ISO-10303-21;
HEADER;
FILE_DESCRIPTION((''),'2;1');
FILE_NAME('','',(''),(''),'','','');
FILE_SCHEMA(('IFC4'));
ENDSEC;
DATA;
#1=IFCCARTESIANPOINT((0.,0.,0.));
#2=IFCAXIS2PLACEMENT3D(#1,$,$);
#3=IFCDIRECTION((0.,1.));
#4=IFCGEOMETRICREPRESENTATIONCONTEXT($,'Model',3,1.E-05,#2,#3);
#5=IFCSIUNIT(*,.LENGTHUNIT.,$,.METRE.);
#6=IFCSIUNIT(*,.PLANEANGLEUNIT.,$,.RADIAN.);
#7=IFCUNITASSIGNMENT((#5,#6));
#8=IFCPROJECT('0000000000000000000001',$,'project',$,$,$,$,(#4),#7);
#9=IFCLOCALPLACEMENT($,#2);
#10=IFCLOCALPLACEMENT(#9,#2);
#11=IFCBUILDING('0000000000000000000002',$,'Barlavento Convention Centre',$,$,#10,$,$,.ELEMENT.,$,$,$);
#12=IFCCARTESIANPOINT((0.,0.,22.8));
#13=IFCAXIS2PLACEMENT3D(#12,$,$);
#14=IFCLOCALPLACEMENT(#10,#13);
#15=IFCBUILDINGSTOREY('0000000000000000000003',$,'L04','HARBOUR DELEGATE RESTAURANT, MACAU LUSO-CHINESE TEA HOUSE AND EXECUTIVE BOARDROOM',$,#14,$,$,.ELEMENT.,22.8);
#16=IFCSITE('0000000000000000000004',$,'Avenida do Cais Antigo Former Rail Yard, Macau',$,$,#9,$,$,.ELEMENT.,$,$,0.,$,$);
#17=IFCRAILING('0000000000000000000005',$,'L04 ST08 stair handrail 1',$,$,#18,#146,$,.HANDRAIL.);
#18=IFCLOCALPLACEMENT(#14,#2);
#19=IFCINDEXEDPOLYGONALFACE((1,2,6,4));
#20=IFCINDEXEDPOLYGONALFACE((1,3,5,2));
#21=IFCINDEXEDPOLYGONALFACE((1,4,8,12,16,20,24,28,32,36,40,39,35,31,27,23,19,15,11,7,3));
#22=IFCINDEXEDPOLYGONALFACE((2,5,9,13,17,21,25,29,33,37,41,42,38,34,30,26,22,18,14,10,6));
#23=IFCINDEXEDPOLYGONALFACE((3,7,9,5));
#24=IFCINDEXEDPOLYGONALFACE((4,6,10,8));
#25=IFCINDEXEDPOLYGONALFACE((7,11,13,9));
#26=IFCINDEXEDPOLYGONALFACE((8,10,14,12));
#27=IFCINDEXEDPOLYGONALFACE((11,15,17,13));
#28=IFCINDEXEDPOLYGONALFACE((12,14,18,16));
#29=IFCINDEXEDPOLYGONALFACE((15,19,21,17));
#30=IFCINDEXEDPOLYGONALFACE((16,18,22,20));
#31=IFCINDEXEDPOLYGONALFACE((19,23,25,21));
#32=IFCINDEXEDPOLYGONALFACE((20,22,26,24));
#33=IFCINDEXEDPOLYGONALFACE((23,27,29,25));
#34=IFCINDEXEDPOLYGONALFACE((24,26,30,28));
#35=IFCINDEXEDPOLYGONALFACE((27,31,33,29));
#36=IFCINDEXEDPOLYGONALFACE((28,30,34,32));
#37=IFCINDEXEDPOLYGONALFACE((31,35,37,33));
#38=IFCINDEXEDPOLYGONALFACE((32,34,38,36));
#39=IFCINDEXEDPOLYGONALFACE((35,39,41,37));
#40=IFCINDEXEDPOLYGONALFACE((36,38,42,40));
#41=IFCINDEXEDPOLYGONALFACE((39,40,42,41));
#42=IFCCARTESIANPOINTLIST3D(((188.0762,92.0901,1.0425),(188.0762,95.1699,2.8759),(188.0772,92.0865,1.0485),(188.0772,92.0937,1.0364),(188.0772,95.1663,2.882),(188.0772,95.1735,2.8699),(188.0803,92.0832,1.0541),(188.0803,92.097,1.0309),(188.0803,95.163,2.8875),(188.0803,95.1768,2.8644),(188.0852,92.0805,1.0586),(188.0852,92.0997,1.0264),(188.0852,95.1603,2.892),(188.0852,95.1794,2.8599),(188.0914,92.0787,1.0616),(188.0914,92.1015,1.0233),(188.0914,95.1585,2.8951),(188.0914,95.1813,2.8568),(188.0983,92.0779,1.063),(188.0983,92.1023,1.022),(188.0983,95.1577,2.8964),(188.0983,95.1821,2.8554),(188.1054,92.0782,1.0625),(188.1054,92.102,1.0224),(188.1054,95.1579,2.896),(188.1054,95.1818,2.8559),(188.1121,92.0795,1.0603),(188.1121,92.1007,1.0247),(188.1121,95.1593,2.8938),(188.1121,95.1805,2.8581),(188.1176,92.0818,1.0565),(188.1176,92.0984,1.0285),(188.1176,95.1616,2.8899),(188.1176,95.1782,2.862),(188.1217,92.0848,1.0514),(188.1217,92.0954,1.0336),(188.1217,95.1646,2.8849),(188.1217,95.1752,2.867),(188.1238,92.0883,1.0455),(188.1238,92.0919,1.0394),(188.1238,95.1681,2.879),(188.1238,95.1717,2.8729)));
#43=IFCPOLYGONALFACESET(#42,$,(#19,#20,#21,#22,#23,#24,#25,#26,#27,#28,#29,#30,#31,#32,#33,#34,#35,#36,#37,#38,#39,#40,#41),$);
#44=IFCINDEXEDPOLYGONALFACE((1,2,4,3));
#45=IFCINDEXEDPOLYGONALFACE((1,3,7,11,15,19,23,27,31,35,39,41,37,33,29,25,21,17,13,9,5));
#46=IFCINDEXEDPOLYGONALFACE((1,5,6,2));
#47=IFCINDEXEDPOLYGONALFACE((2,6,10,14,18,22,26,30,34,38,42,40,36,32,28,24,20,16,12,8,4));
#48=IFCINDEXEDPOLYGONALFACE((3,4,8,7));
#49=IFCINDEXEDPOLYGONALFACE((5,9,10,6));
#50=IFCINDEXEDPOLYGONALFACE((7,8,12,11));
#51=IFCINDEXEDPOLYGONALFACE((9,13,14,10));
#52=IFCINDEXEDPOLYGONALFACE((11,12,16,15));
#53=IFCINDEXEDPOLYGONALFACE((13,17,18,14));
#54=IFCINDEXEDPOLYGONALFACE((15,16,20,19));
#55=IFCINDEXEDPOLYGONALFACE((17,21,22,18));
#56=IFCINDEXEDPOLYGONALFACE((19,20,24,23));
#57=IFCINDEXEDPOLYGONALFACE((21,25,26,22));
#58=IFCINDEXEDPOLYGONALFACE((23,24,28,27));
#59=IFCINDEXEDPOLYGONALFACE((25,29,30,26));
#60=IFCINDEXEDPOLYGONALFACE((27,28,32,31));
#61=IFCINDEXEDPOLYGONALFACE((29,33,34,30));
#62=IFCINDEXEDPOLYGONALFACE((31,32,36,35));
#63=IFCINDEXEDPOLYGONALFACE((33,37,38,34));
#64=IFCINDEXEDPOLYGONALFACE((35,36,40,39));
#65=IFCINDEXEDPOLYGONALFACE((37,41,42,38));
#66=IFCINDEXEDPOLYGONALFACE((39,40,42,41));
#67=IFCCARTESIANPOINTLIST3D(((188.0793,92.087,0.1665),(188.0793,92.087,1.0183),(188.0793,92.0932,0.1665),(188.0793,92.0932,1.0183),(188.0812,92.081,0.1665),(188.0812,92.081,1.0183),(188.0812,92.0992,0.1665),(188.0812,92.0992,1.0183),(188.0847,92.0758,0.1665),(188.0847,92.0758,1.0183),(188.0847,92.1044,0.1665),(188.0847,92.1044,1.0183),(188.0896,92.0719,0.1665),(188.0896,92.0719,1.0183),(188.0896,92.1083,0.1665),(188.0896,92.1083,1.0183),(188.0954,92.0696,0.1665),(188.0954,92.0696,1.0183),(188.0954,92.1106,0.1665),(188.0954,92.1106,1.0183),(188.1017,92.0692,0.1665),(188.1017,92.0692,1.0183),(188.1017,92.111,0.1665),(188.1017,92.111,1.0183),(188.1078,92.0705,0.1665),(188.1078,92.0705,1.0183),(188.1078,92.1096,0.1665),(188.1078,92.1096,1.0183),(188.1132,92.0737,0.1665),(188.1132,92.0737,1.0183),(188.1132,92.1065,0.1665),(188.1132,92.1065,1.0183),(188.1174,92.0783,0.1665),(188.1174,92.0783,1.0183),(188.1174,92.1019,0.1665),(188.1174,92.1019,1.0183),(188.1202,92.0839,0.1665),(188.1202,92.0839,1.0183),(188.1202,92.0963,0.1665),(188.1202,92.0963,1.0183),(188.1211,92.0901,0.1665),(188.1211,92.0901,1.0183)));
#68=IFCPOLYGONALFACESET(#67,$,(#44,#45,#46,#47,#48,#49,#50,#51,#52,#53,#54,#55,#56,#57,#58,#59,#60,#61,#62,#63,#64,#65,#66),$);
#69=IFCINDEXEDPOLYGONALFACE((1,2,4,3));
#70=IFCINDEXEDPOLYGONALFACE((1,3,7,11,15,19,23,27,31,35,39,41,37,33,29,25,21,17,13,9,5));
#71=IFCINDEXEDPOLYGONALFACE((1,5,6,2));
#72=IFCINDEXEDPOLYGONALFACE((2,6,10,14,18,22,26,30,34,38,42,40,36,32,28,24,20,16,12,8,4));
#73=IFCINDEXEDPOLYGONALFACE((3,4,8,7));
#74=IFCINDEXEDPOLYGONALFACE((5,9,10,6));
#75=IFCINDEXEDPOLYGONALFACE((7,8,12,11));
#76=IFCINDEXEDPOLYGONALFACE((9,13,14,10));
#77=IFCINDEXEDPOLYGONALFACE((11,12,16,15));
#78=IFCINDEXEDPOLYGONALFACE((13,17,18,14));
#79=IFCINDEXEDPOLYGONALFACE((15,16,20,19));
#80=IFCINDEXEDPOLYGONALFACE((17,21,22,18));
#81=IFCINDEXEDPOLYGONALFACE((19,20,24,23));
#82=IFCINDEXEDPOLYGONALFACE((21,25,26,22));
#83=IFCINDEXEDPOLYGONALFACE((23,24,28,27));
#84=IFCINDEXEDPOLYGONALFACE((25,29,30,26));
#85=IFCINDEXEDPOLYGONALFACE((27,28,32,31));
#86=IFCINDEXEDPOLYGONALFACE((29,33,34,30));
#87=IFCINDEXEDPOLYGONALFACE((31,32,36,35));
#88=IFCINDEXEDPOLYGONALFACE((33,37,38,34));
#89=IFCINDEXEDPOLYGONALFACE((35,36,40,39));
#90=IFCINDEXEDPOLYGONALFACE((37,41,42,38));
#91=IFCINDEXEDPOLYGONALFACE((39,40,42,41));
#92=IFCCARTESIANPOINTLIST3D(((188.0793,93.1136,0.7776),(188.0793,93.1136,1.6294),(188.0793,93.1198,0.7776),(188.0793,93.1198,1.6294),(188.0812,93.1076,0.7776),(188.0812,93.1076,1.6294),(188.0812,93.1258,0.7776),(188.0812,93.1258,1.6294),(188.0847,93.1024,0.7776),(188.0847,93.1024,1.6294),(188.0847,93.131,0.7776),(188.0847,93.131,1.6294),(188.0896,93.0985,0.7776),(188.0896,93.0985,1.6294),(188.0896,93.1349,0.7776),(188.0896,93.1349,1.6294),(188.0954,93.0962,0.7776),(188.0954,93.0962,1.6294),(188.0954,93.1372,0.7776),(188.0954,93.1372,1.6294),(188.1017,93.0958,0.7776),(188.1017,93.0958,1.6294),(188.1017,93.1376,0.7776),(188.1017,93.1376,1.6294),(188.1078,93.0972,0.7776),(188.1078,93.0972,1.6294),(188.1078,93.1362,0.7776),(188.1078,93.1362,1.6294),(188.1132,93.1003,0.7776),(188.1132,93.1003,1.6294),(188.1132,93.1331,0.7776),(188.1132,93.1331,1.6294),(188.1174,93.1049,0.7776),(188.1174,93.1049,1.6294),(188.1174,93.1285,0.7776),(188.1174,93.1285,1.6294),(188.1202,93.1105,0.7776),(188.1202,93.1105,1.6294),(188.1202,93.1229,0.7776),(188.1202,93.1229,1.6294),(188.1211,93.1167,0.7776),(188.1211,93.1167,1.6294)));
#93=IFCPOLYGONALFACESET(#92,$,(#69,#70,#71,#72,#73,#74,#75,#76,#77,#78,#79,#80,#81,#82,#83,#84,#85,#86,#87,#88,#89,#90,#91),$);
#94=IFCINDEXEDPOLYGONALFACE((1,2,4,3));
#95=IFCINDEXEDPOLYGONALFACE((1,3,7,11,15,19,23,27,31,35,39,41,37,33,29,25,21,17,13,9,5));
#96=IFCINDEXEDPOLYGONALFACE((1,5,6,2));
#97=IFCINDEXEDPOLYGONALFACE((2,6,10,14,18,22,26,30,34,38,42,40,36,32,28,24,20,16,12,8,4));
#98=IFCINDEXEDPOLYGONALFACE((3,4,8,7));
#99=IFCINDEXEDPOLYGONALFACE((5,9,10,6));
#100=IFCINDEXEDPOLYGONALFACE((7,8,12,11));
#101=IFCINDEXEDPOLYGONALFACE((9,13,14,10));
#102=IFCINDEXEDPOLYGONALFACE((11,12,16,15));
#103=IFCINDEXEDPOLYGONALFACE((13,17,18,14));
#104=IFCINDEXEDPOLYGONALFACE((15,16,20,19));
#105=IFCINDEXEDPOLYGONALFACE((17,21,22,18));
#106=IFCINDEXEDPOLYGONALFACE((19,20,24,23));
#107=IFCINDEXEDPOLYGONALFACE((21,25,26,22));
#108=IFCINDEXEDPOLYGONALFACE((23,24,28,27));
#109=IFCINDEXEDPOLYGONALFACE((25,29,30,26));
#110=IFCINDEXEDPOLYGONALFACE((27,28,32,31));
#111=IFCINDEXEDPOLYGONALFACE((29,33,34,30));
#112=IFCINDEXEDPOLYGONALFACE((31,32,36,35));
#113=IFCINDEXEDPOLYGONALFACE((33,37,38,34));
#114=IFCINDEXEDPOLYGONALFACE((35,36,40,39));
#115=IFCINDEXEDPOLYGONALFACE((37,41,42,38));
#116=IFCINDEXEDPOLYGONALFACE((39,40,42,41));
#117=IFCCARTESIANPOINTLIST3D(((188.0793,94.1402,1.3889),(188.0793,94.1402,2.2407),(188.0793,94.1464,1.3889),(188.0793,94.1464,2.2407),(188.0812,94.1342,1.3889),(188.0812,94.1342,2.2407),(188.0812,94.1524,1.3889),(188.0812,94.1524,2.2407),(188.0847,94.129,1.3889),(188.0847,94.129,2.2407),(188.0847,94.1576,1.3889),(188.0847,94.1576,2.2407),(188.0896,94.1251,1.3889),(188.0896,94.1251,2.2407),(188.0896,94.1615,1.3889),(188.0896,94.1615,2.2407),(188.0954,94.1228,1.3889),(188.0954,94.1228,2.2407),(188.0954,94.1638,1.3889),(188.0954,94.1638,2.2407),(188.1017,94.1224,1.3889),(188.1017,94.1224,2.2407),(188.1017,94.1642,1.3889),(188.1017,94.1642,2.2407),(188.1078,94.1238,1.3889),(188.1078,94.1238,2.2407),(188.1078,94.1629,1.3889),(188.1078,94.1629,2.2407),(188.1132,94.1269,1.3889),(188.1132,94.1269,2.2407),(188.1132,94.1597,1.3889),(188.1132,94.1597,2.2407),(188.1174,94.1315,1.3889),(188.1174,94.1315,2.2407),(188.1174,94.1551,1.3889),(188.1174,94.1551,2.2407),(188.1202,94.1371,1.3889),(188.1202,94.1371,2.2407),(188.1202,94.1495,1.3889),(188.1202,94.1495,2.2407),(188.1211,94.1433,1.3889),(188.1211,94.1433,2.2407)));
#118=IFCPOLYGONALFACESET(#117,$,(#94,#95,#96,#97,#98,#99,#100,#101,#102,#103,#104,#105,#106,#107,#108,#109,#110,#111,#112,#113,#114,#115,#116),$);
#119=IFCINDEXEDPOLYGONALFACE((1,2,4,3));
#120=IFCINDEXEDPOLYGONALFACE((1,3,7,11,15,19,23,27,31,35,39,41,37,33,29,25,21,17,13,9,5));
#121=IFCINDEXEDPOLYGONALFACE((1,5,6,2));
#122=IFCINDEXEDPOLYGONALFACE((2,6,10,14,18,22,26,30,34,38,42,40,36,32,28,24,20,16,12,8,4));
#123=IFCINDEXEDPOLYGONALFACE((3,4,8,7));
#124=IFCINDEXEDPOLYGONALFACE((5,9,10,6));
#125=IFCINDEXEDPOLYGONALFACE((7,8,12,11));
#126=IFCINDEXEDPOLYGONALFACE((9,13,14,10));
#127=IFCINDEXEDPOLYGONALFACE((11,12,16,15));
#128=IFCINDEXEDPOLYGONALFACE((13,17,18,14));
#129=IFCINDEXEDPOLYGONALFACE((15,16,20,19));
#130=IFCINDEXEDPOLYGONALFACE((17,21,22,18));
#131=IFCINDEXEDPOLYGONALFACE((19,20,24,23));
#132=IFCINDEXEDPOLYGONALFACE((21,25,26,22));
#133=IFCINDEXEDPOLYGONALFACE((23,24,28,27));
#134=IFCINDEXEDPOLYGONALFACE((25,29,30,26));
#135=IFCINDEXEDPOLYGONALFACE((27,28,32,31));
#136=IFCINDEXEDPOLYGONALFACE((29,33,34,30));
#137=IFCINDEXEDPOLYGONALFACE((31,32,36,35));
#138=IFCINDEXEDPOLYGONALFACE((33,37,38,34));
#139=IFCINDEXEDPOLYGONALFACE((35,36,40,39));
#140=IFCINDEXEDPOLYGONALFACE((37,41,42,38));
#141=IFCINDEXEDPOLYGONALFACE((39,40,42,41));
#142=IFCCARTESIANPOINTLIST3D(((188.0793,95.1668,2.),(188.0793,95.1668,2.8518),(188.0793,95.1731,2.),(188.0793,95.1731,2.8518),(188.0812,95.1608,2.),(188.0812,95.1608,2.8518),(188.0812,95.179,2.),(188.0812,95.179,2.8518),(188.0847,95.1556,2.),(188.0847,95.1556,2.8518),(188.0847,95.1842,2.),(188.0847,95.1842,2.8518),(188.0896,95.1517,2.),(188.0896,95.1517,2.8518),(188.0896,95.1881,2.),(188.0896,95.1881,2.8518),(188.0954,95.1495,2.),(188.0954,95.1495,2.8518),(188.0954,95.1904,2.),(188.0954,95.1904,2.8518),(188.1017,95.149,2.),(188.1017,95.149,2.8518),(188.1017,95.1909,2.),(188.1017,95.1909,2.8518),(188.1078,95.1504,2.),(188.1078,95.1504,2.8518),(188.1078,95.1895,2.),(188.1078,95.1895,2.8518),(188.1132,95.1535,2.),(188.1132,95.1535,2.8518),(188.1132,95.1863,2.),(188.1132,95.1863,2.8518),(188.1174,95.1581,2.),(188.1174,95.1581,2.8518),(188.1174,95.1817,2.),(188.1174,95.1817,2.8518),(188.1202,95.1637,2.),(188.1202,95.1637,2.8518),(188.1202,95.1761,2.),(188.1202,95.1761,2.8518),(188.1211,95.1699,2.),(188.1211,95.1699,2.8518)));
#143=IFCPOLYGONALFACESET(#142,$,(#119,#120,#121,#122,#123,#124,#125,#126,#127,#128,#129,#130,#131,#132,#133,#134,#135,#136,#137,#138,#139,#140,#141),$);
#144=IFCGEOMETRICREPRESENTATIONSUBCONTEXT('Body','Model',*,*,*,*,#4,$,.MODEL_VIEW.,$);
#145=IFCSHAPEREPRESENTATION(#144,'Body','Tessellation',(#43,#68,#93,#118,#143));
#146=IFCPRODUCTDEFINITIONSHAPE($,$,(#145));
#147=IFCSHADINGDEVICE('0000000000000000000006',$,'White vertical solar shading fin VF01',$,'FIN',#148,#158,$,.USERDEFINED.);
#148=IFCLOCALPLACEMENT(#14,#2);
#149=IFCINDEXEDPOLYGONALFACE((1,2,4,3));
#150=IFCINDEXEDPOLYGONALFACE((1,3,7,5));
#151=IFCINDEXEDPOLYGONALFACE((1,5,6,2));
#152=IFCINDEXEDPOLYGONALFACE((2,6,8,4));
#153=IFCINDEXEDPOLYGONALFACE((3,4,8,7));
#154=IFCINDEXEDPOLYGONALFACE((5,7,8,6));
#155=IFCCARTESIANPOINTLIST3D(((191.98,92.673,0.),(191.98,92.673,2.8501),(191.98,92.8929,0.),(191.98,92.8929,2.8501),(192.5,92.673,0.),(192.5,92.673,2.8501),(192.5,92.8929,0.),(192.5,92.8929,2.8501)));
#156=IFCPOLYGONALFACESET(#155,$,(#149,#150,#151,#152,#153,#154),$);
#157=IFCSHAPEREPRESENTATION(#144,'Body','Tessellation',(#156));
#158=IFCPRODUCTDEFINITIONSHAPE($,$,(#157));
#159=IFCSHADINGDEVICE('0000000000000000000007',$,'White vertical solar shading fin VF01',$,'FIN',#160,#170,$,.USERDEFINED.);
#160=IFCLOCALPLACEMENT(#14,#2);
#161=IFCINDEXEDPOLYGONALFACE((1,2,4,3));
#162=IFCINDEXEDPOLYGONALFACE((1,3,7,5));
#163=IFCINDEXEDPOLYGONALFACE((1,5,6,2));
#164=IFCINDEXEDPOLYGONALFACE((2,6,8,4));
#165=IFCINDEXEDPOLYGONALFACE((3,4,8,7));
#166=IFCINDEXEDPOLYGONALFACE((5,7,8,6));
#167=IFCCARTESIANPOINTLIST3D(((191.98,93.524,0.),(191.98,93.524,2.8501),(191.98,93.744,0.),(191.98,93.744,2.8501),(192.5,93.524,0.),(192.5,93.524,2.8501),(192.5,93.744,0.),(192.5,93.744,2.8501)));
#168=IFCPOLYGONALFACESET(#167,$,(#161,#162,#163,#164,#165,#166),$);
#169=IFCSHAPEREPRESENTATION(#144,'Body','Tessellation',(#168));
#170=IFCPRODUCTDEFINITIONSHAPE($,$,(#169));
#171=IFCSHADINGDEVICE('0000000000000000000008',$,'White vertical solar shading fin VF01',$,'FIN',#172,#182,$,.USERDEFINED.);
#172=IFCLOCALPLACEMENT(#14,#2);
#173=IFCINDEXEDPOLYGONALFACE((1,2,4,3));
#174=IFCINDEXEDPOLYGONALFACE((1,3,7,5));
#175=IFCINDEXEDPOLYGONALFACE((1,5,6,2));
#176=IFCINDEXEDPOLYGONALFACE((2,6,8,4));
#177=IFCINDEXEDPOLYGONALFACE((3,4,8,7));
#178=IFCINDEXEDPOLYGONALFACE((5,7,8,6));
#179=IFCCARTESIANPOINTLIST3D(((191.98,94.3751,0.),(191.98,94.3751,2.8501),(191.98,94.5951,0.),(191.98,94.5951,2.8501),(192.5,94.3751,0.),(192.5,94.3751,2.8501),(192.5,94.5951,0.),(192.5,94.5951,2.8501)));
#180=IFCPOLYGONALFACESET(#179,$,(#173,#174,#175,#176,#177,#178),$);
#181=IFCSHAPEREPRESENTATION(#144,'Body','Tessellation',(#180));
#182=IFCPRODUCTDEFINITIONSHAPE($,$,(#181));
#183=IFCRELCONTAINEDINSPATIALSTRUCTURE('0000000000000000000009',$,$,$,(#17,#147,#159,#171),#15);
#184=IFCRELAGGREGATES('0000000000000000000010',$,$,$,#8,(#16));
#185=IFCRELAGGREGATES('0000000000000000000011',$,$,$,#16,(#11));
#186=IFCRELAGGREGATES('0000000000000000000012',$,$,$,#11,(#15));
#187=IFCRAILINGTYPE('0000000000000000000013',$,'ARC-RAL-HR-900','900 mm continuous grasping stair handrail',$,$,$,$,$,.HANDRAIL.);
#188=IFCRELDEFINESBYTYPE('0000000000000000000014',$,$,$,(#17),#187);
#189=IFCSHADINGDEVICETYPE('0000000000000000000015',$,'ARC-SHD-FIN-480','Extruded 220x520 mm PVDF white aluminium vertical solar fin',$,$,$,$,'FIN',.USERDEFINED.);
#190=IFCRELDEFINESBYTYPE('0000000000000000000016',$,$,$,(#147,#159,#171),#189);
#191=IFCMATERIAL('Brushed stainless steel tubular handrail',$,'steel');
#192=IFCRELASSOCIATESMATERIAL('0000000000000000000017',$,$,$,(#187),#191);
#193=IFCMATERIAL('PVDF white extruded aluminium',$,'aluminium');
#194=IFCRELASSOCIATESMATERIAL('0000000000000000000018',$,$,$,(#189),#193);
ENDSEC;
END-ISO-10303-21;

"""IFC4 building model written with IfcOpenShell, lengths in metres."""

from ifc_helpers import new_model, si_unit, direction, frame, origin, origin_2d, place, context, subcontext, project, spatial, rectangle, circle, extrude, material, type_object, element, save


model = new_model("IFC4")

# Units and contexts
model_context = context("Model", 3, precision=1e-05, world=origin(), true_north=direction((0.0, 1.0)))
body_context = subcontext(model_context, "Body", "Model", "MODEL_VIEW")
ifc_project = project(units=[si_unit("LENGTHUNIT", "METRE"), si_unit("PLANEANGLEUNIT", "RADIAN")], contexts=[model_context])

# Site, building, storey
site_placement = place(None, origin())
site = spatial("IfcSite", under=ifc_project, at=site_placement, Name="Avenida do Cais Antigo Former Rail Yard, Macau", CompositionType="ELEMENT", RefElevation=0.0)
building_placement = place(site_placement, origin())
building = spatial("IfcBuilding", under=site, at=building_placement, Name="Barlavento Convention Centre", CompositionType="ELEMENT")
storey_placement = place(building_placement, frame((0.0, 0.0, 22.8)))
storey = spatial("IfcBuildingStorey", under=building, at=storey_placement, Name="L04", Description="HARBOUR DELEGATE RESTAURANT, MACAU LUSO-CHINESE TEA HOUSE AND EXECUTIVE BOARDROOM", CompositionType="ELEMENT", Elevation=22.8)

# Railing
ifc_material_1 = material(Name="Brushed stainless steel tubular handrail", Category="steel")
railing_type_1 = type_object("IfcRailingType", Name="ARC-RAL-HR-900", Description="900 mm continuous grasping stair handrail", PredefinedType="HANDRAIL", material=ifc_material_1)
railing_1_placement = place(storey_placement, frame((188.1001, 92.0901, 0.1665)))
element("IfcRailing", 1, at=railing_1_placement, inside=storey, type_object=railing_type_1, Name="L04 ST08 stair handrail 1", PredefinedType="HANDRAIL", context=body_context, shape_type="SweptSolid", body=[
    extrude(circle(Radius=0.0239, at=origin_2d()), frame((0.0, 0.0, 0.876), z_axis=(0.0, 0.859261, 0.511538), x_axis=(-1.0, 0.0, 0.0)), (0.0, 0.0, 1.0), 3.5842),
    extrude(circle(Radius=0.021, at=origin_2d()), origin(), (0.0, 0.0, 1.0), 0.8518),
    extrude(circle(Radius=0.021, at=origin_2d()), frame((0.0, 1.0266, 0.6111)), (0.0, 0.0, 1.0), 0.8518),
    extrude(circle(Radius=0.021, at=origin_2d()), frame((0.0, 2.0532, 1.2224)), (0.0, 0.0, 1.0), 0.8518),
    extrude(circle(Radius=0.021, at=origin_2d()), frame((0.0, 3.0798, 1.8335)), (0.0, 0.0, 1.0), 0.8518),
])

# Shading devices
ifc_material_2 = material(Name="PVDF white extruded aluminium", Category="aluminium")
shading_device_type = type_object("IfcShadingDeviceType", Name="ARC-SHD-FIN-480", Description="Extruded 220x520 mm PVDF white aluminium vertical solar fin", ElementType="FIN", PredefinedType="USERDEFINED", material=ifc_material_2)
for number, where, z_axis, x_axis, name in (
    (2, (192.24, 92.783, 0.0), (0.0, 0.0, 1.0), (0.0, 1.0, 0.0), "White vertical solar shading fin VF01"),
    (3, (192.24, 93.634, 0.0), (0.0, 0.0, 1.0), (0.0, 1.0, 0.0), "White vertical solar shading fin VF01"),
    (4, (192.24, 94.4851, 0.0), (0.0, 0.0, 1.0), (0.0, 1.0, 0.0), "White vertical solar shading fin VF01"),
):
    element("IfcShadingDevice", number, at=place(storey_placement, frame(where, z_axis=z_axis, x_axis=x_axis)), inside=storey, type_object=shading_device_type, Name=name, ObjectType="FIN", PredefinedType="USERDEFINED", context=body_context, shape_type="SweptSolid", body=[
        extrude(rectangle(XDim=0.22, YDim=0.52, at=origin_2d()), origin(), (0.0, 0.0, 1.0), 2.8501),
    ])

save(model, "model.ifc")
